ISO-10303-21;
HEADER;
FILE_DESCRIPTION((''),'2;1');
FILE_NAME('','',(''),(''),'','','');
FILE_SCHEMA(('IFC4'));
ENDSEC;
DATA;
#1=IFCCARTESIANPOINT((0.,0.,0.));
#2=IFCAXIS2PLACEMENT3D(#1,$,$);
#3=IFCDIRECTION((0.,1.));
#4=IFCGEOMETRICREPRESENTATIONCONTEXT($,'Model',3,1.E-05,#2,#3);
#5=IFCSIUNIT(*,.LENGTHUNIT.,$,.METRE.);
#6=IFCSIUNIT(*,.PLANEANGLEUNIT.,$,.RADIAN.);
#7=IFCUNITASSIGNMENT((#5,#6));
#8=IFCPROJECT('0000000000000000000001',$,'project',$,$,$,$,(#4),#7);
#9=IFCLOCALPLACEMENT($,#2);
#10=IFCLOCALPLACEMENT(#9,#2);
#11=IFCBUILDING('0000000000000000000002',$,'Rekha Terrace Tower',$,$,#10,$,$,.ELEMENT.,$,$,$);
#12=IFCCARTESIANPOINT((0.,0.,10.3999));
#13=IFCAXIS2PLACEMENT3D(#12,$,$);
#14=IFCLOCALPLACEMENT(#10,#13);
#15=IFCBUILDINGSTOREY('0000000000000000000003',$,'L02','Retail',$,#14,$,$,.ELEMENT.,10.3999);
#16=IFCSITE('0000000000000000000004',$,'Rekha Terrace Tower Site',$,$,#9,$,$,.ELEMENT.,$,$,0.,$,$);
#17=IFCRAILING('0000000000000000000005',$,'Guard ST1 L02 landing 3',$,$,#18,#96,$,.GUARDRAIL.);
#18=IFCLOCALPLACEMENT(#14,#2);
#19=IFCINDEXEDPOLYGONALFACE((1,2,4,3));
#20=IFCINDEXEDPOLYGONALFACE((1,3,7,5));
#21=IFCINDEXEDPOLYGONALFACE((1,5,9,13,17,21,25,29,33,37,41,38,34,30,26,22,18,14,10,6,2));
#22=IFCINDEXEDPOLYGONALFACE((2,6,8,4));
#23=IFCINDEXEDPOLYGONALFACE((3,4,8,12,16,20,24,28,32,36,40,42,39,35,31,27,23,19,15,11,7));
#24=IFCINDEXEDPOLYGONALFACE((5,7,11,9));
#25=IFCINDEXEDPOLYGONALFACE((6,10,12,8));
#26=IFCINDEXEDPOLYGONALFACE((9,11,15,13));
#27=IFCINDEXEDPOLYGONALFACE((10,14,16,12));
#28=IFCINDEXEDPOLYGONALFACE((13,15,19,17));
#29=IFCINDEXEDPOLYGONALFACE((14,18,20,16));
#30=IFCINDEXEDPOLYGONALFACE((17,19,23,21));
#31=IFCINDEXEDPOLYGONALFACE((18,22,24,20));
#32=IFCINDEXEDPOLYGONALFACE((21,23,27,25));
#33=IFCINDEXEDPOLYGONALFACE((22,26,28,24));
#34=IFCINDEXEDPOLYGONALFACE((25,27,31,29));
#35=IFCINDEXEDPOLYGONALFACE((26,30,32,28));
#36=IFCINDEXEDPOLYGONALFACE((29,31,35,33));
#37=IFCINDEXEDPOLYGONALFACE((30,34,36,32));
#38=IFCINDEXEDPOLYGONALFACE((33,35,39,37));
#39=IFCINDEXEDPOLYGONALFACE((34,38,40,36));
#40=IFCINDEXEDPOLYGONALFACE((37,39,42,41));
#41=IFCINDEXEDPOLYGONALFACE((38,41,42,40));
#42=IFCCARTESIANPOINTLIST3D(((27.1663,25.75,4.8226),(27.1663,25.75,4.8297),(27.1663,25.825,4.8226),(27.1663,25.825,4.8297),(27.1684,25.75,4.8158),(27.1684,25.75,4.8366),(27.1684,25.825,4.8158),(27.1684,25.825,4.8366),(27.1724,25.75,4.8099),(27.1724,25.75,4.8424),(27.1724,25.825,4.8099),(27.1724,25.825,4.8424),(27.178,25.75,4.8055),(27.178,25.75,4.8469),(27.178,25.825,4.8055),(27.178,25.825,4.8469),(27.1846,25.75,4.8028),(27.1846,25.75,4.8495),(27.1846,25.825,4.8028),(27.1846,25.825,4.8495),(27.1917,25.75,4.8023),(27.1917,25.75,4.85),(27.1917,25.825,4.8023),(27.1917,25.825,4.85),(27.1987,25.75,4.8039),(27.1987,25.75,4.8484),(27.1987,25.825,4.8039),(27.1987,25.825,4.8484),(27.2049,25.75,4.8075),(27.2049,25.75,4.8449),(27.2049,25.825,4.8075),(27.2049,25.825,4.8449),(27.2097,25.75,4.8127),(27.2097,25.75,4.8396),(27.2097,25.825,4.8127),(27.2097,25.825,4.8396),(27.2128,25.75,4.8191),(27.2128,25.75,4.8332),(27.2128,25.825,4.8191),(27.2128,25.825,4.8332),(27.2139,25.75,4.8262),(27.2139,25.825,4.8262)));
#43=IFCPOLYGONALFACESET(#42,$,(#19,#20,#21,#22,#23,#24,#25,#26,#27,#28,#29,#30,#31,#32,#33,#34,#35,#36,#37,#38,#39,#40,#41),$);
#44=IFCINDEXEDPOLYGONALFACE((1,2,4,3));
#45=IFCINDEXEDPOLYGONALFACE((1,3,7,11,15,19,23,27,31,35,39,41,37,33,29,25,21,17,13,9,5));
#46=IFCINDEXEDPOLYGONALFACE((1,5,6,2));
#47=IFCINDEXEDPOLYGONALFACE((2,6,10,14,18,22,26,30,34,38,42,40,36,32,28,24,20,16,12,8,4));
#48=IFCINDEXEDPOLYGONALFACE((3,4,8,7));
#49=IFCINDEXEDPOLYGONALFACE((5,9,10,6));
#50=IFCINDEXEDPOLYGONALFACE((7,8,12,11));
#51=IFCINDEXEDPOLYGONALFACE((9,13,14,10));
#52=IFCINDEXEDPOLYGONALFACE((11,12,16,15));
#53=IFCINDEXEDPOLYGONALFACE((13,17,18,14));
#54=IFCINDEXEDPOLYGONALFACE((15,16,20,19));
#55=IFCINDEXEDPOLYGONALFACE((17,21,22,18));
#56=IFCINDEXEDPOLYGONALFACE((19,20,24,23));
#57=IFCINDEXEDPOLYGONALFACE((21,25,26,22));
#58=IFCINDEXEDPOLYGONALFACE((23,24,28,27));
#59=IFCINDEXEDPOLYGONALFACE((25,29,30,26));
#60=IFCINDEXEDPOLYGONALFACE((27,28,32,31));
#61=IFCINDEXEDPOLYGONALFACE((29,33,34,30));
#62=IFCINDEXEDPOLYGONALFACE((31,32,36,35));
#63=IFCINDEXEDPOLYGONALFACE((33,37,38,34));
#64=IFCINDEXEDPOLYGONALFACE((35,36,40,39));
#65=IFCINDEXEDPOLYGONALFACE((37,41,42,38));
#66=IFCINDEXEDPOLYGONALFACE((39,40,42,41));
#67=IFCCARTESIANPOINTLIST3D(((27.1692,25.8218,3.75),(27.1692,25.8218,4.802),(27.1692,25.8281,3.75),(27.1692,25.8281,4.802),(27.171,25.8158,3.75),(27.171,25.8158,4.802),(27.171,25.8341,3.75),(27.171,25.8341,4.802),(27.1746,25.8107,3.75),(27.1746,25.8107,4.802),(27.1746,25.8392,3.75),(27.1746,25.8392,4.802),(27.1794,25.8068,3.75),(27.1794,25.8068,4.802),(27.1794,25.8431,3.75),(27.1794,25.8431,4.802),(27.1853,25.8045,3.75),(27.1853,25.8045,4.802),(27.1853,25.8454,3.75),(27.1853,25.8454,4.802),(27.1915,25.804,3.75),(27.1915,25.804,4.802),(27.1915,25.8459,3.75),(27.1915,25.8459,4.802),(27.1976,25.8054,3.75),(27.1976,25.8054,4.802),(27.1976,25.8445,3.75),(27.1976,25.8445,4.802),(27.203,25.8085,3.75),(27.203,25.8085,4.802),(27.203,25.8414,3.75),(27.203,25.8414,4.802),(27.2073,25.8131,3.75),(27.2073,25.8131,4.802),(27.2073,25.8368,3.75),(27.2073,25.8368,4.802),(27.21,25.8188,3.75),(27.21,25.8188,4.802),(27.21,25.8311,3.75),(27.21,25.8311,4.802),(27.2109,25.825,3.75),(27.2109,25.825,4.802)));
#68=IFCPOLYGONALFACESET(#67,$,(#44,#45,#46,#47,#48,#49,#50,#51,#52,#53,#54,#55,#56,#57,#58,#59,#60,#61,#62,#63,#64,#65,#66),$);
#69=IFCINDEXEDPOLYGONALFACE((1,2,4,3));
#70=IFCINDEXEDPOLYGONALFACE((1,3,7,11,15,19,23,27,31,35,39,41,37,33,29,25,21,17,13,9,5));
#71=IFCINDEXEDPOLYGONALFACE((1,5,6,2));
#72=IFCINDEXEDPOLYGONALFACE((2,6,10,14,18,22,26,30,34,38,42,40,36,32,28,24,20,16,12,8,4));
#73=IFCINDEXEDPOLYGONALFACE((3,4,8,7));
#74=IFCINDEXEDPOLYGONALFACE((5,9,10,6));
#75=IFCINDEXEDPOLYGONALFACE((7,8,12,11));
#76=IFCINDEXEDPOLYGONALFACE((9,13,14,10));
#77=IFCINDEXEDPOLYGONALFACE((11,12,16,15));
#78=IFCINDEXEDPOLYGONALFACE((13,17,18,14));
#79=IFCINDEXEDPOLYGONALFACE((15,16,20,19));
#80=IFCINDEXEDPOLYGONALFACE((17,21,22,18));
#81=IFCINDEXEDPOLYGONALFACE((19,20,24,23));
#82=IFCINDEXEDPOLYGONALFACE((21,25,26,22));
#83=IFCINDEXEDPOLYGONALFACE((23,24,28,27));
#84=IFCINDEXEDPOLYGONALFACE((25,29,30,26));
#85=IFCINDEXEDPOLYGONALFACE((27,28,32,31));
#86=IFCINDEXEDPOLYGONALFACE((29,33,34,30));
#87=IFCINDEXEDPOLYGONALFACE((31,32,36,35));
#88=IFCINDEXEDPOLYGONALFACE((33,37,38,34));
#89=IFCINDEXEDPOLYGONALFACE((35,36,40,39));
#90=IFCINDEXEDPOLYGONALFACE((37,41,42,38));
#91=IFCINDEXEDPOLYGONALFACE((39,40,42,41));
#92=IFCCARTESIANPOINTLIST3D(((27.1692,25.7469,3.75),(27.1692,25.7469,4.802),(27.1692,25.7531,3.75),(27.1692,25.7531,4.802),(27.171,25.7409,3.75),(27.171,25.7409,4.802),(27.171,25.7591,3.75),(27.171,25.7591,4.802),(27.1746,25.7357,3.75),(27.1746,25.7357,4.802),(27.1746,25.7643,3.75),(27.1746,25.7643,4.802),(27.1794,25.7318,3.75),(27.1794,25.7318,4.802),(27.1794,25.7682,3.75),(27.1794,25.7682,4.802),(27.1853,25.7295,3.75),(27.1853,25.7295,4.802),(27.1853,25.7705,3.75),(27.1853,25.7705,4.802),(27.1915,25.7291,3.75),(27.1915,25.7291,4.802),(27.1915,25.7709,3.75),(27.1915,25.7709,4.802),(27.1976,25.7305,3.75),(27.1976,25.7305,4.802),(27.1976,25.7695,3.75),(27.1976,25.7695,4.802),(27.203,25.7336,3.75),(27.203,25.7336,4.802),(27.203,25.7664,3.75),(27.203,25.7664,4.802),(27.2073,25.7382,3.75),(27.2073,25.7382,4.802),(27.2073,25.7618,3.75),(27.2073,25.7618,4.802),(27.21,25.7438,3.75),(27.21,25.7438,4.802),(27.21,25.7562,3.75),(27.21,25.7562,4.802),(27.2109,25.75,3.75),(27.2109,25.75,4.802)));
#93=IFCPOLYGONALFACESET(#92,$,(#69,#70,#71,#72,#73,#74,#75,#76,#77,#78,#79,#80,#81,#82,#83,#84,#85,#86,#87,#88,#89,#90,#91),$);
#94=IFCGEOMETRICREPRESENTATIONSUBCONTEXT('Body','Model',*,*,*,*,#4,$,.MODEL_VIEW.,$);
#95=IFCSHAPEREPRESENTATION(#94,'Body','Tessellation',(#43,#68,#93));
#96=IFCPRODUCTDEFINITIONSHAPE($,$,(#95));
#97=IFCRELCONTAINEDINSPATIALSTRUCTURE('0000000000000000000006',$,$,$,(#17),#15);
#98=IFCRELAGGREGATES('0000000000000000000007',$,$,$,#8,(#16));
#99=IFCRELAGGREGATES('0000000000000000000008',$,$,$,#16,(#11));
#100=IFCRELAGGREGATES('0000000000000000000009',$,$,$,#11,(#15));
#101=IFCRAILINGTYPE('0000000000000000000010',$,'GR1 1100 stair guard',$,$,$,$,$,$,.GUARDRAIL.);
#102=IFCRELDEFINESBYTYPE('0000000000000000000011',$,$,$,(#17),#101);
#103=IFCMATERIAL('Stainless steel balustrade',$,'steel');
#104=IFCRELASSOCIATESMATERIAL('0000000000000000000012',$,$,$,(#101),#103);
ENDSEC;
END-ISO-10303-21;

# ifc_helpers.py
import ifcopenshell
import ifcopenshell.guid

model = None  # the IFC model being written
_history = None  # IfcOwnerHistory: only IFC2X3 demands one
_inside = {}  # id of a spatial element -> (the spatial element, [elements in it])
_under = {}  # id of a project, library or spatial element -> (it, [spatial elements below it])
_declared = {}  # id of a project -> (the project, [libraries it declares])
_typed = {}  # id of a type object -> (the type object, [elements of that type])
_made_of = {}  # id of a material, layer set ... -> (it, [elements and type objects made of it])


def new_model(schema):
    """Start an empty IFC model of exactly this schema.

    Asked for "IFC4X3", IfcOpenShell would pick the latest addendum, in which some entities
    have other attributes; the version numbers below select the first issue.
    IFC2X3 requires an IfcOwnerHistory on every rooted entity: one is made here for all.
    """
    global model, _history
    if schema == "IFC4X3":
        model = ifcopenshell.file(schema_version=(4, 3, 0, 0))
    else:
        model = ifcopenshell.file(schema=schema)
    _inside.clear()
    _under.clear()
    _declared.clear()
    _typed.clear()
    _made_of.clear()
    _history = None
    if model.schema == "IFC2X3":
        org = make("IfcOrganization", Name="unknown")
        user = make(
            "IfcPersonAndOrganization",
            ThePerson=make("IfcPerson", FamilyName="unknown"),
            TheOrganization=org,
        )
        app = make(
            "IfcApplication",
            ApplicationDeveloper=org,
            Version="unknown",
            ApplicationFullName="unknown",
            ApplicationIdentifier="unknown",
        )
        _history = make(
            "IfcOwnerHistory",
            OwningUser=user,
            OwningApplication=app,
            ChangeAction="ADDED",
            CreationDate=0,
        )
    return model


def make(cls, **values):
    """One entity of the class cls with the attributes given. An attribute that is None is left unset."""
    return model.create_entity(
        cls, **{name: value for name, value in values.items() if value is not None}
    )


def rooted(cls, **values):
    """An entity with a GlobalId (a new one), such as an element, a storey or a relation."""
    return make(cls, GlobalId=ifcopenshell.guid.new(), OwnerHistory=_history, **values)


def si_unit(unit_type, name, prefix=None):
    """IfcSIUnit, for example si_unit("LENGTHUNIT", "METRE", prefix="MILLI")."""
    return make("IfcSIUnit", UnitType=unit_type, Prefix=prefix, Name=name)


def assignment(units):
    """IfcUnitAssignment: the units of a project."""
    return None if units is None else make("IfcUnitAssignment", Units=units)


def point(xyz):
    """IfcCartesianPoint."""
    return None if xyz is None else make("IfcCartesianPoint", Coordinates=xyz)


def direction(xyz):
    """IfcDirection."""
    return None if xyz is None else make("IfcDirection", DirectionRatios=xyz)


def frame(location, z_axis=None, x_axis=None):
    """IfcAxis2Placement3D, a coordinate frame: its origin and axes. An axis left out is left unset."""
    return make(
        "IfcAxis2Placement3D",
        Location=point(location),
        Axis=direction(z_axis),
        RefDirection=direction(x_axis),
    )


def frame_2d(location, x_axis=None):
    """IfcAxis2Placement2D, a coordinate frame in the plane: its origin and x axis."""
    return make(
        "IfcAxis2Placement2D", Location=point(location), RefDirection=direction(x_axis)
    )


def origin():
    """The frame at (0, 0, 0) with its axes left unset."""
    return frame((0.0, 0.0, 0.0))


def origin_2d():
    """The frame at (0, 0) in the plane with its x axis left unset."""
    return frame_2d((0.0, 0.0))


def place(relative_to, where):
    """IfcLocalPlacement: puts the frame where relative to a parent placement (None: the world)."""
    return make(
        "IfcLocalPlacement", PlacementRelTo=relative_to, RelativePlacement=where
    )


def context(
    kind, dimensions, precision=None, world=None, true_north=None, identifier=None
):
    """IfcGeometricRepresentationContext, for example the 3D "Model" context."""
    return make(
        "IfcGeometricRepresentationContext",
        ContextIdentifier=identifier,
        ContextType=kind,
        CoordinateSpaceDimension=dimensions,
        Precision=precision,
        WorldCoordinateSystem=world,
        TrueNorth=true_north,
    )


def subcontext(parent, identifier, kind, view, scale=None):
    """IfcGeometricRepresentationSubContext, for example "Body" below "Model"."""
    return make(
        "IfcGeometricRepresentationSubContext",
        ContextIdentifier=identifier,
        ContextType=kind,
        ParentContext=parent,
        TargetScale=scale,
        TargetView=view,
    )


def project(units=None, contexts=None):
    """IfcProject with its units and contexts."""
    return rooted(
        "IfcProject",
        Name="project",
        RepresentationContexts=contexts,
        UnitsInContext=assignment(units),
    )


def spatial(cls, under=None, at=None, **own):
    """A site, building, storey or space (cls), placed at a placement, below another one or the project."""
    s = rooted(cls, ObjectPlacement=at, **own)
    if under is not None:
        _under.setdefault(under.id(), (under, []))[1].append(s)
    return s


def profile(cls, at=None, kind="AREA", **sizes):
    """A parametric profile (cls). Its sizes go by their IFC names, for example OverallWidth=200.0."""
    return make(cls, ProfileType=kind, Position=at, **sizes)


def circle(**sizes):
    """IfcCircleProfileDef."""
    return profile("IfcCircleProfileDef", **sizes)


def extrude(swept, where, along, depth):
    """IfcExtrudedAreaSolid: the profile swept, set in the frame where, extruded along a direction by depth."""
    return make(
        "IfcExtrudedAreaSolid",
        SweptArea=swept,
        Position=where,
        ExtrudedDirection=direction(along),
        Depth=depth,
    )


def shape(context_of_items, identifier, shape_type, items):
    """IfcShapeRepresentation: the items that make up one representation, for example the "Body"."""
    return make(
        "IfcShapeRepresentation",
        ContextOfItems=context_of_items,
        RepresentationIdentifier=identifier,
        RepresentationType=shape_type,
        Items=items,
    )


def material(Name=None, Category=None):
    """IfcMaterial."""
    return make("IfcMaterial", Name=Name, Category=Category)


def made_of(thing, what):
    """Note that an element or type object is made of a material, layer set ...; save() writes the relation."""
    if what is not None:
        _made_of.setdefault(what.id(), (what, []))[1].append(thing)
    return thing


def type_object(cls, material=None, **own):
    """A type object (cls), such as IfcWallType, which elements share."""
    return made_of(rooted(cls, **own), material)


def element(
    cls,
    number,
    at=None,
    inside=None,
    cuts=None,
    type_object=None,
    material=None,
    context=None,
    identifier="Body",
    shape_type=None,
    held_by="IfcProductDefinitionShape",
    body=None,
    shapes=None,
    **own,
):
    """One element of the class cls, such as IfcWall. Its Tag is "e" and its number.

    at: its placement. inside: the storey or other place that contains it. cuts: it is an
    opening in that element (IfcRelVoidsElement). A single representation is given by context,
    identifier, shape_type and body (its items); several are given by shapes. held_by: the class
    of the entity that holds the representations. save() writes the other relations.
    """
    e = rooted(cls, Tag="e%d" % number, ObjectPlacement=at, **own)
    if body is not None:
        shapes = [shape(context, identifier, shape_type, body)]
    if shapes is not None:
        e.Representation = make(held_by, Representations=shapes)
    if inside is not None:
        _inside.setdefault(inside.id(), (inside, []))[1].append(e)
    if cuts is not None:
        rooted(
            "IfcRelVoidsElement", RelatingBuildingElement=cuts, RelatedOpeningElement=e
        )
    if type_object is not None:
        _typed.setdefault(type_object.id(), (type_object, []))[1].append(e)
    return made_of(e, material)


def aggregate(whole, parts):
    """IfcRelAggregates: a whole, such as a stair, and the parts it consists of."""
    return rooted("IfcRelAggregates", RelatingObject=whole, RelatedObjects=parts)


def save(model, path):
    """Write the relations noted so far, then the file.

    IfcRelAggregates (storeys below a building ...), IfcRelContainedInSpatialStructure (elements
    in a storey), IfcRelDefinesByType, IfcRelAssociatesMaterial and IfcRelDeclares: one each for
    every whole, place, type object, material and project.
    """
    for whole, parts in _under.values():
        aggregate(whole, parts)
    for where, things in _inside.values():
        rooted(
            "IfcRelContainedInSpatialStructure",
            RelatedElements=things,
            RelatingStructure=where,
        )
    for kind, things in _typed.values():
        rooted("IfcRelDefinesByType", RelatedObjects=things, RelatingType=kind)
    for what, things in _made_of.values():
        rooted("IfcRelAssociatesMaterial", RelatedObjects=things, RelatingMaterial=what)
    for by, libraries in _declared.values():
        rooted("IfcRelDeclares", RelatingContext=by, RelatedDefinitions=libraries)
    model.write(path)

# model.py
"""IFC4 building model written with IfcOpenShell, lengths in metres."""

from ifc_helpers import new_model, si_unit, direction, frame, origin, origin_2d, place, context, subcontext, project, spatial, circle, extrude, material, type_object, element, save


model = new_model("IFC4")

# Units and contexts
model_context = context("Model", 3, precision=1e-05, world=origin(), true_north=direction((0.0, 1.0)))
body_context = subcontext(model_context, "Body", "Model", "MODEL_VIEW")
ifc_project = project(units=[si_unit("LENGTHUNIT", "METRE"), si_unit("PLANEANGLEUNIT", "RADIAN")], contexts=[model_context])

# Site, building, storey
site_placement = place(None, origin())
site = spatial("IfcSite", under=ifc_project, at=site_placement, Name="Rekha Terrace Tower Site", CompositionType="ELEMENT", RefElevation=0.0)
building_placement = place(site_placement, origin())
building = spatial("IfcBuilding", under=site, at=building_placement, Name="Rekha Terrace Tower", CompositionType="ELEMENT")
storey_placement = place(building_placement, frame((0.0, 0.0, 10.3999)))
storey = spatial("IfcBuildingStorey", under=building, at=storey_placement, Name="L02", Description="Retail", CompositionType="ELEMENT", Elevation=10.3999)

# Railing
ifc_material_1 = material(Name="Stainless steel balustrade", Category="steel")
railing_type_1 = type_object("IfcRailingType", Name="GR1 1100 stair guard", PredefinedType="GUARDRAIL", material=ifc_material_1)
railing_1_placement = place(storey_placement, frame((27.1899, 25.825, 3.75)))
element("IfcRailing", 1, at=railing_1_placement, inside=storey, type_object=railing_type_1, Name="Guard ST1 L02 landing 3", PredefinedType="GUARDRAIL", context=body_context, shape_type="SweptSolid", body=[
    extrude(circle(Radius=0.0239, at=origin_2d()), frame((0.0, 0.0, 1.0762), z_axis=(0.0, -1.0, 0.0), x_axis=(1.0, 0.0, 0.0)), (0.0, 0.0, 1.0), 0.075),
    extrude(circle(Radius=0.021, at=origin_2d()), origin(), (0.0, 0.0, 1.0), 1.052),
    extrude(circle(Radius=0.021, at=origin_2d()), frame((0.0, -0.075, 0.0)), (0.0, 0.0, 1.0), 1.052),
])

save(model, "model.ifc")
